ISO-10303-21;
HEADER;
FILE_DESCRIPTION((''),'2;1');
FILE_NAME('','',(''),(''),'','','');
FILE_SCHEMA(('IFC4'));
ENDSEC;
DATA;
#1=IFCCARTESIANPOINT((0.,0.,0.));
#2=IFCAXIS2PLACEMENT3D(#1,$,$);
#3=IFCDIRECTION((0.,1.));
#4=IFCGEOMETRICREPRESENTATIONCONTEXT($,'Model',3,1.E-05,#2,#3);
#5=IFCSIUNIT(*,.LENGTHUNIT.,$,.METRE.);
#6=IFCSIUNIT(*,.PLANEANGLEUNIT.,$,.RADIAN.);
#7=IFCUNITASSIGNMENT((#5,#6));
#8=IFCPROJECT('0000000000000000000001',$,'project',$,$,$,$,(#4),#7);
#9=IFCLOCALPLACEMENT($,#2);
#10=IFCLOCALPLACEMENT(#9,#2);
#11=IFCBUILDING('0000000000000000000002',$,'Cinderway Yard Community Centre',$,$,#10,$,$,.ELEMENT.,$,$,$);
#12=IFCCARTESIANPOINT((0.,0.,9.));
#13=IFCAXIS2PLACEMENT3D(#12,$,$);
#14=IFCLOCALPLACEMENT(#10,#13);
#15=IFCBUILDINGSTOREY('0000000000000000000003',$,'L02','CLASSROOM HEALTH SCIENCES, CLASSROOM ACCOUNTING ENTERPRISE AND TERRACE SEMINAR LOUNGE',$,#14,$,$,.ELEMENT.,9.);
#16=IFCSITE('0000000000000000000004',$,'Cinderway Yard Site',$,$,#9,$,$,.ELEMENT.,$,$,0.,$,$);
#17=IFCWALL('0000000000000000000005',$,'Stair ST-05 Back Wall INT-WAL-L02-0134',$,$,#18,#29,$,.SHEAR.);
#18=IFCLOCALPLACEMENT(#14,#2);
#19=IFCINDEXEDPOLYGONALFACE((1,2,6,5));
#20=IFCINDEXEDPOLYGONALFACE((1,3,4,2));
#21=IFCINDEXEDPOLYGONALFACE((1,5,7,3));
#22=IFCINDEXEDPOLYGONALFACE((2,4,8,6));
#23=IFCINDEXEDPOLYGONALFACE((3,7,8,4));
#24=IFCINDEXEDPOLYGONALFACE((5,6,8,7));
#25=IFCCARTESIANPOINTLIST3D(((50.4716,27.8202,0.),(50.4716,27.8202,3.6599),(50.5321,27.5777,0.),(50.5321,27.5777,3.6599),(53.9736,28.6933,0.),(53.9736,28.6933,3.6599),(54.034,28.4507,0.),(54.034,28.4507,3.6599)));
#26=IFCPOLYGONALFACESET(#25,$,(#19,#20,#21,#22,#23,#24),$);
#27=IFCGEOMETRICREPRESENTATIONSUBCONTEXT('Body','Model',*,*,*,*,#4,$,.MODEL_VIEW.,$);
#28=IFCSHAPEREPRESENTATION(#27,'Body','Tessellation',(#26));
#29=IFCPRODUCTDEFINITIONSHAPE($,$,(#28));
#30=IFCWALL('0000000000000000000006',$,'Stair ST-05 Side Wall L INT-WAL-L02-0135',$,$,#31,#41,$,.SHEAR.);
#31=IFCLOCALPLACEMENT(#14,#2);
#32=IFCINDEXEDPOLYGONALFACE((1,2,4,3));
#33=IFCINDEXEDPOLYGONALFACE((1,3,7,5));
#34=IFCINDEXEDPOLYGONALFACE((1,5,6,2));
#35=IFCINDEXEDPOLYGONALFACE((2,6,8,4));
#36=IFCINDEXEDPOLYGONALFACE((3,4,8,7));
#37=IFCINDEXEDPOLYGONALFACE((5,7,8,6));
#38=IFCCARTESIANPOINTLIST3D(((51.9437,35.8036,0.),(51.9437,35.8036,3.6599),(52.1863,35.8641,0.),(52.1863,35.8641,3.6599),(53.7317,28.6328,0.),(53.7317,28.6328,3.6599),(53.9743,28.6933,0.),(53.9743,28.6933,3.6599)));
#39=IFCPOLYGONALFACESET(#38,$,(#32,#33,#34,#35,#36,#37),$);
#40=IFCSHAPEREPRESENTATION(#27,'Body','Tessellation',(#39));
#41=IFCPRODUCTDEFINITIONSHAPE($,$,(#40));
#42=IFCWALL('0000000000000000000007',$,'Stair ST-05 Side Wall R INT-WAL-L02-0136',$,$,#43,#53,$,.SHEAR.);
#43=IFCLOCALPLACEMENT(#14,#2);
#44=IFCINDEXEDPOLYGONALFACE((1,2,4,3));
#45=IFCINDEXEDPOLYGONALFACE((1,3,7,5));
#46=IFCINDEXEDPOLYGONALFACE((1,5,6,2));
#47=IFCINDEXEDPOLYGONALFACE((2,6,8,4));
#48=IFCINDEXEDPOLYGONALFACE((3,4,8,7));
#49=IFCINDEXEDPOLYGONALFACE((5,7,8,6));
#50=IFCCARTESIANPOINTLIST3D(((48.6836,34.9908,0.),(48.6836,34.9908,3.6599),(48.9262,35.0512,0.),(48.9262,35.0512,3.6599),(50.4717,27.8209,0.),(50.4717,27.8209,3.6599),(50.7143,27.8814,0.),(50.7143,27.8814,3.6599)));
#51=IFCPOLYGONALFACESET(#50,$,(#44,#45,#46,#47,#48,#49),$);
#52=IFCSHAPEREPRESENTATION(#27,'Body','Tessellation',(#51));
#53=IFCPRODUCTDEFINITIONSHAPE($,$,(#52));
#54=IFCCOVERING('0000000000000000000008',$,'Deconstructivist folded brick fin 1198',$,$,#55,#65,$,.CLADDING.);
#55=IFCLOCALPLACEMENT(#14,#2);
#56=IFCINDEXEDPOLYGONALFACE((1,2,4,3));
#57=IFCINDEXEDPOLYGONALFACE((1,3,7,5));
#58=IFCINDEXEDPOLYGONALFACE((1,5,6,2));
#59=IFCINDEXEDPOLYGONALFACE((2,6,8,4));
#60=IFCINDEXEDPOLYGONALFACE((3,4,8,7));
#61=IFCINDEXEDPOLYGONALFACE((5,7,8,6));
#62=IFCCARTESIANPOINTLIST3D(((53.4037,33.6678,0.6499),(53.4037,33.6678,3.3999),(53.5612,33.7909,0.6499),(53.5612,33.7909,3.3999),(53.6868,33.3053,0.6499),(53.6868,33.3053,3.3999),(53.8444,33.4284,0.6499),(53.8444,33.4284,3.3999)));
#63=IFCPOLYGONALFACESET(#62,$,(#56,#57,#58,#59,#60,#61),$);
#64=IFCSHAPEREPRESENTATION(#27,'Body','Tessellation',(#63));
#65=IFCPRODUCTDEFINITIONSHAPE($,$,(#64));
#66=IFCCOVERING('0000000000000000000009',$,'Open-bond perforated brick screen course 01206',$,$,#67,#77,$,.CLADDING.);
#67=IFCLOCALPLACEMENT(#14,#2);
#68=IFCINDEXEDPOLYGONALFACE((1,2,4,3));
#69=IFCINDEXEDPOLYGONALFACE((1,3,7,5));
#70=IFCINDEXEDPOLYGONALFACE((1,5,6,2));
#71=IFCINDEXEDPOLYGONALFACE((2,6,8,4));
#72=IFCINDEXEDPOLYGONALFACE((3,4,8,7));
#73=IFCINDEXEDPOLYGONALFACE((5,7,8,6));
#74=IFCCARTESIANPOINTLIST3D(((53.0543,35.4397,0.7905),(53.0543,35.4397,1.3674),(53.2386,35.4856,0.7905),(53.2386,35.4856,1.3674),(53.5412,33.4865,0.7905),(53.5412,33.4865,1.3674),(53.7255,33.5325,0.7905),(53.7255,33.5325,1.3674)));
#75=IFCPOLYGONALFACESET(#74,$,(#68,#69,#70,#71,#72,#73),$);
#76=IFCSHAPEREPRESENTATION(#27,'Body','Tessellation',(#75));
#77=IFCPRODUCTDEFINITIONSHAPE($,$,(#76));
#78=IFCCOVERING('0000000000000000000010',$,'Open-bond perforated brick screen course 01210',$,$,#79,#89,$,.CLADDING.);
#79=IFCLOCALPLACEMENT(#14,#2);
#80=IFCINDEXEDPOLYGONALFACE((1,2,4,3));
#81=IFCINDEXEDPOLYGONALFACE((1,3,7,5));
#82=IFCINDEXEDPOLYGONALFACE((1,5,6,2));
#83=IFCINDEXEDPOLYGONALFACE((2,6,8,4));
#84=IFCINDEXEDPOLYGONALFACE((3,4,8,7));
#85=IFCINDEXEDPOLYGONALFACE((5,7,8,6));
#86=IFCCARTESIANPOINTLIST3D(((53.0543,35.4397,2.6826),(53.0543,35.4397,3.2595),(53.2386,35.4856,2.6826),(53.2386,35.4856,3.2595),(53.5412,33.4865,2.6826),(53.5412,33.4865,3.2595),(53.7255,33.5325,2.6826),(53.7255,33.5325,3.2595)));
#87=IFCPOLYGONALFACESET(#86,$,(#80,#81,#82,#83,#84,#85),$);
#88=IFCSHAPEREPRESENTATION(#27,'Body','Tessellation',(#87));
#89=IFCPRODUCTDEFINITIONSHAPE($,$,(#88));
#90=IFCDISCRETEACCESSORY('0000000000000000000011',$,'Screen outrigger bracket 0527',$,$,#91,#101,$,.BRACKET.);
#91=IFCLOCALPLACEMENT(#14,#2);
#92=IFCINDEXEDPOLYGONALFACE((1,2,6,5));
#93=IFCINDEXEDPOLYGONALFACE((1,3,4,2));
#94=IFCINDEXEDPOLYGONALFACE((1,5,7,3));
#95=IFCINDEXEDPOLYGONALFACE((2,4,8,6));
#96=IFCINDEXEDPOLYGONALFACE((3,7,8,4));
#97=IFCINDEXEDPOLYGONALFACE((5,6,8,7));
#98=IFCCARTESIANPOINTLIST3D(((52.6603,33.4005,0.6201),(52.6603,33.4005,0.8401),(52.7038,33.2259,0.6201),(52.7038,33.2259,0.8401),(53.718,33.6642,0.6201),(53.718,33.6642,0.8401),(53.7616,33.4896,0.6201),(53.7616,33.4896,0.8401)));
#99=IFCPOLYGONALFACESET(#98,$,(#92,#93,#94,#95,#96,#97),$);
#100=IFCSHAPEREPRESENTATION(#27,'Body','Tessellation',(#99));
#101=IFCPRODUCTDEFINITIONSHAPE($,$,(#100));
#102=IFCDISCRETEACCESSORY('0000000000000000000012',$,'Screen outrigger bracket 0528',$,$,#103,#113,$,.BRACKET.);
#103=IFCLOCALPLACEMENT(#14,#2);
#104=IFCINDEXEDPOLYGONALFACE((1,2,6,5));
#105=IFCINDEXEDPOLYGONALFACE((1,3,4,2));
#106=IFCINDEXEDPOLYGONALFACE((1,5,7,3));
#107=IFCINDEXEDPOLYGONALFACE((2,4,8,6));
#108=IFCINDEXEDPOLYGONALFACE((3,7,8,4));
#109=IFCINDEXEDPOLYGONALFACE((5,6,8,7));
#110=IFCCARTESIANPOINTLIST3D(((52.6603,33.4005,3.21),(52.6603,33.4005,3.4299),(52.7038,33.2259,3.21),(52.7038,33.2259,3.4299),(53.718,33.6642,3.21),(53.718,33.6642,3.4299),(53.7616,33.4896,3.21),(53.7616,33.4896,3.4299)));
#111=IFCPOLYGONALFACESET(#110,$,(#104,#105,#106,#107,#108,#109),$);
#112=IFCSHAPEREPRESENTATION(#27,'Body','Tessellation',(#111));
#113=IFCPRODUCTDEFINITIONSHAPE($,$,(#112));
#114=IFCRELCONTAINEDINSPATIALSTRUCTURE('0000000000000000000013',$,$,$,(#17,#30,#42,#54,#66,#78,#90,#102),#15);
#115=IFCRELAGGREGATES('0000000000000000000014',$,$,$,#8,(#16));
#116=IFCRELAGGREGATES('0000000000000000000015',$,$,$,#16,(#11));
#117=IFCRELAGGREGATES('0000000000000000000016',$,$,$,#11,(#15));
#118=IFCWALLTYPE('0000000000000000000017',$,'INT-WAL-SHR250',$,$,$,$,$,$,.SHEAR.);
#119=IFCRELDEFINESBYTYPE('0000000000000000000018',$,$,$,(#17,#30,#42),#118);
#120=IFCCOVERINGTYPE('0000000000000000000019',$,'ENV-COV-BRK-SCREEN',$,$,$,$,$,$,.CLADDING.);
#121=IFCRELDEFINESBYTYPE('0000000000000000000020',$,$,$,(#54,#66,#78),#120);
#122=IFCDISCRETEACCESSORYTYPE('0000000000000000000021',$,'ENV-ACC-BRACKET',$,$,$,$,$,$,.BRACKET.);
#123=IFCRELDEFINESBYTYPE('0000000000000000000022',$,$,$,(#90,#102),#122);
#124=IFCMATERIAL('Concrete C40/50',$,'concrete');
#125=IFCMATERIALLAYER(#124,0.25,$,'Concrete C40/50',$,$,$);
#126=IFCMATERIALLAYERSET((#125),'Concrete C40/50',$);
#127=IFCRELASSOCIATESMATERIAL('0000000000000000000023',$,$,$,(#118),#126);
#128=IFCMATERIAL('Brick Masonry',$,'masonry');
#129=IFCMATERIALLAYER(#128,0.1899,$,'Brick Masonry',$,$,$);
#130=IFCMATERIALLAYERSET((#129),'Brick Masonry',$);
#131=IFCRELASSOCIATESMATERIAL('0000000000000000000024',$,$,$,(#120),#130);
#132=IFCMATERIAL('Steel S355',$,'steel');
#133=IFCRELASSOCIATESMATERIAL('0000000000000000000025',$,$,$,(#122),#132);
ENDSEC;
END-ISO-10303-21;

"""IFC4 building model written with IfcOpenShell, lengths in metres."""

from ifc_helpers import new_model, si_unit, direction, frame, frame_2d, origin, origin_2d, place, context, subcontext, project, spatial, rectangle, extrude, material, layer, layer_set, type_object, element, save


model = new_model("IFC4")

# Units and contexts
model_context = context("Model", 3, precision=1e-05, world=origin(), true_north=direction((0.0, 1.0)))
body_context = subcontext(model_context, "Body", "Model", "MODEL_VIEW")
ifc_project = project(units=[si_unit("LENGTHUNIT", "METRE"), si_unit("PLANEANGLEUNIT", "RADIAN")], contexts=[model_context])

# Site, building, storey
site_placement = place(None, origin())
site = spatial("IfcSite", under=ifc_project, at=site_placement, Name="Cinderway Yard Site", CompositionType="ELEMENT", RefElevation=0.0)
building_placement = place(site_placement, origin())
building = spatial("IfcBuilding", under=site, at=building_placement, Name="Cinderway Yard Community Centre", CompositionType="ELEMENT")
storey_placement = place(building_placement, frame((0.0, 0.0, 9.0)))
storey = spatial("IfcBuildingStorey", under=building, at=storey_placement, Name="L02", Description="CLASSROOM HEALTH SCIENCES, CLASSROOM ACCOUNTING ENTERPRISE AND TERRACE SEMINAR LOUNGE", CompositionType="ELEMENT", Elevation=9.0)

# Shared definitions
ifc_material_1 = material(Name="Concrete C40/50", Category="concrete")

# Shared definitions
ifc_material_2 = material(Name="Steel S355", Category="steel")

# Walls
ifc_layer_1 = layer(ifc_material_1, 0.25, Name="Concrete C40/50")
ifc_layer_set_1 = layer_set([ifc_layer_1], Name="Concrete C40/50")
wall_type = type_object("IfcWallType", Name="INT-WAL-SHR250", PredefinedType="SHEAR", material=ifc_layer_set_1)
wall_1_placement = place(storey_placement, frame((54.0039, 28.572, 0.0), z_axis=(0.0, 0.0, 1.0), x_axis=(-0.970301, -0.241899, 0.0)))
element("IfcWall", 1, at=wall_1_placement, inside=storey, type_object=wall_type, Name="Stair ST-05 Back Wall INT-WAL-L02-0134", PredefinedType="SHEAR", context=body_context, shape_type="SweptSolid", body=[
    extrude(rectangle(XDim=3.6091, YDim=0.25, at=frame_2d((1.8047, 0.0))), origin(), (0.0, 0.0, 1.0), 3.6599),
])
wall_2_placement = place(storey_placement, frame((52.0649, 35.834, 0.0), z_axis=(0.0, 0.0, 1.0), x_axis=(0.241945, -0.97029, 0.0)))
element("IfcWall", 2, at=wall_2_placement, inside=storey, type_object=wall_type, Name="Stair ST-05 Side Wall L INT-WAL-L02-0135", PredefinedType="SHEAR", context=body_context, shape_type="SweptSolid", body=[
    extrude(rectangle(XDim=7.3904, YDim=0.25, at=frame_2d((3.6953, 0.0))), origin(), (0.0, 0.0, 1.0), 3.6599),
])
wall_3_placement = place(storey_placement, frame((50.593, 27.8511, 0.0), z_axis=(0.0, 0.0, 1.0), x_axis=(-0.241976, 0.970282, 0.0)))
element("IfcWall", 3, at=wall_3_placement, inside=storey, type_object=wall_type, Name="Stair ST-05 Side Wall R INT-WAL-L02-0136", PredefinedType="SHEAR", context=body_context, shape_type="SweptSolid", body=[
    extrude(rectangle(XDim=7.3894, YDim=0.25, at=frame_2d((3.6948, 0.0))), origin(), (0.0, 0.0, 1.0), 3.6599),
])

# Coverings
ifc_material_3 = material(Name="Brick Masonry", Category="masonry")
ifc_layer_2 = layer(ifc_material_3, 0.1899, Name="Brick Masonry")
ifc_layer_set_2 = layer_set([ifc_layer_2], Name="Brick Masonry")
covering_type = type_object("IfcCoveringType", Name="ENV-COV-BRK-SCREEN", PredefinedType="CLADDING", material=ifc_layer_set_2)
covering_placement = place(storey_placement, frame((53.624, 33.5481, 0.6499), z_axis=(0.0, 0.0, 1.0), x_axis=(0.615661, -0.788011, 0.0)))
element("IfcCovering", 4, at=covering_placement, inside=storey, type_object=covering_type, Name="Deconstructivist folded brick fin 1198", PredefinedType="CLADDING", context=body_context, shape_type="SweptSolid", body=[
    extrude(rectangle(XDim=0.46, YDim=0.2, at=origin_2d()), origin(), (0.0, 0.0, 1.0), 2.75),
])
for number, where, z_axis, x_axis, name in (
    (5, (53.3899, 34.4861, 0.7905), (0.0, 0.0, 1.0), (0.241922, -0.970296, 0.0), "Open-bond perforated brick screen course 01206"),
    (6, (53.3899, 34.4861, 2.6826), (0.0, 0.0, 1.0), (0.241922, -0.970296, 0.0), "Open-bond perforated brick screen course 01210"),
):
    element("IfcCovering", number, at=place(storey_placement, frame(where, z_axis=z_axis, x_axis=x_axis)), inside=storey, type_object=covering_type, Name=name, PredefinedType="CLADDING", context=body_context, shape_type="SweptSolid", body=[
        extrude(rectangle(XDim=2.0129, YDim=0.1899, at=origin_2d()), origin(), (0.0, 0.0, 1.0), 0.5769),
    ])

# Discrete accessories
discrete_accessory_type = type_object("IfcDiscreteAccessoryType", Name="ENV-ACC-BRACKET", PredefinedType="BRACKET", material=ifc_material_2)
for number, where, z_axis, x_axis, name in (
    (7, (53.2109, 33.4451, 0.6201), (0.0, 0.0, 1.0), (0.970296, 0.241922, 0.0), "Screen outrigger bracket 0527"),
    (8, (53.2109, 33.4451, 3.21), (0.0, 0.0, 1.0), (0.970296, 0.241922, 0.0), "Screen outrigger bracket 0528"),
):
    element("IfcDiscreteAccessory", number, at=place(storey_placement, frame(where, z_axis=z_axis, x_axis=x_axis)), inside=storey, type_object=discrete_accessory_type, Name=name, PredefinedType="BRACKET", context=body_context, shape_type="SweptSolid", body=[
        extrude(rectangle(XDim=1.0901, YDim=0.1799, at=origin_2d()), origin(), (0.0, 0.0, 1.0), 0.22),
    ])

save(model, "model.ifc")
